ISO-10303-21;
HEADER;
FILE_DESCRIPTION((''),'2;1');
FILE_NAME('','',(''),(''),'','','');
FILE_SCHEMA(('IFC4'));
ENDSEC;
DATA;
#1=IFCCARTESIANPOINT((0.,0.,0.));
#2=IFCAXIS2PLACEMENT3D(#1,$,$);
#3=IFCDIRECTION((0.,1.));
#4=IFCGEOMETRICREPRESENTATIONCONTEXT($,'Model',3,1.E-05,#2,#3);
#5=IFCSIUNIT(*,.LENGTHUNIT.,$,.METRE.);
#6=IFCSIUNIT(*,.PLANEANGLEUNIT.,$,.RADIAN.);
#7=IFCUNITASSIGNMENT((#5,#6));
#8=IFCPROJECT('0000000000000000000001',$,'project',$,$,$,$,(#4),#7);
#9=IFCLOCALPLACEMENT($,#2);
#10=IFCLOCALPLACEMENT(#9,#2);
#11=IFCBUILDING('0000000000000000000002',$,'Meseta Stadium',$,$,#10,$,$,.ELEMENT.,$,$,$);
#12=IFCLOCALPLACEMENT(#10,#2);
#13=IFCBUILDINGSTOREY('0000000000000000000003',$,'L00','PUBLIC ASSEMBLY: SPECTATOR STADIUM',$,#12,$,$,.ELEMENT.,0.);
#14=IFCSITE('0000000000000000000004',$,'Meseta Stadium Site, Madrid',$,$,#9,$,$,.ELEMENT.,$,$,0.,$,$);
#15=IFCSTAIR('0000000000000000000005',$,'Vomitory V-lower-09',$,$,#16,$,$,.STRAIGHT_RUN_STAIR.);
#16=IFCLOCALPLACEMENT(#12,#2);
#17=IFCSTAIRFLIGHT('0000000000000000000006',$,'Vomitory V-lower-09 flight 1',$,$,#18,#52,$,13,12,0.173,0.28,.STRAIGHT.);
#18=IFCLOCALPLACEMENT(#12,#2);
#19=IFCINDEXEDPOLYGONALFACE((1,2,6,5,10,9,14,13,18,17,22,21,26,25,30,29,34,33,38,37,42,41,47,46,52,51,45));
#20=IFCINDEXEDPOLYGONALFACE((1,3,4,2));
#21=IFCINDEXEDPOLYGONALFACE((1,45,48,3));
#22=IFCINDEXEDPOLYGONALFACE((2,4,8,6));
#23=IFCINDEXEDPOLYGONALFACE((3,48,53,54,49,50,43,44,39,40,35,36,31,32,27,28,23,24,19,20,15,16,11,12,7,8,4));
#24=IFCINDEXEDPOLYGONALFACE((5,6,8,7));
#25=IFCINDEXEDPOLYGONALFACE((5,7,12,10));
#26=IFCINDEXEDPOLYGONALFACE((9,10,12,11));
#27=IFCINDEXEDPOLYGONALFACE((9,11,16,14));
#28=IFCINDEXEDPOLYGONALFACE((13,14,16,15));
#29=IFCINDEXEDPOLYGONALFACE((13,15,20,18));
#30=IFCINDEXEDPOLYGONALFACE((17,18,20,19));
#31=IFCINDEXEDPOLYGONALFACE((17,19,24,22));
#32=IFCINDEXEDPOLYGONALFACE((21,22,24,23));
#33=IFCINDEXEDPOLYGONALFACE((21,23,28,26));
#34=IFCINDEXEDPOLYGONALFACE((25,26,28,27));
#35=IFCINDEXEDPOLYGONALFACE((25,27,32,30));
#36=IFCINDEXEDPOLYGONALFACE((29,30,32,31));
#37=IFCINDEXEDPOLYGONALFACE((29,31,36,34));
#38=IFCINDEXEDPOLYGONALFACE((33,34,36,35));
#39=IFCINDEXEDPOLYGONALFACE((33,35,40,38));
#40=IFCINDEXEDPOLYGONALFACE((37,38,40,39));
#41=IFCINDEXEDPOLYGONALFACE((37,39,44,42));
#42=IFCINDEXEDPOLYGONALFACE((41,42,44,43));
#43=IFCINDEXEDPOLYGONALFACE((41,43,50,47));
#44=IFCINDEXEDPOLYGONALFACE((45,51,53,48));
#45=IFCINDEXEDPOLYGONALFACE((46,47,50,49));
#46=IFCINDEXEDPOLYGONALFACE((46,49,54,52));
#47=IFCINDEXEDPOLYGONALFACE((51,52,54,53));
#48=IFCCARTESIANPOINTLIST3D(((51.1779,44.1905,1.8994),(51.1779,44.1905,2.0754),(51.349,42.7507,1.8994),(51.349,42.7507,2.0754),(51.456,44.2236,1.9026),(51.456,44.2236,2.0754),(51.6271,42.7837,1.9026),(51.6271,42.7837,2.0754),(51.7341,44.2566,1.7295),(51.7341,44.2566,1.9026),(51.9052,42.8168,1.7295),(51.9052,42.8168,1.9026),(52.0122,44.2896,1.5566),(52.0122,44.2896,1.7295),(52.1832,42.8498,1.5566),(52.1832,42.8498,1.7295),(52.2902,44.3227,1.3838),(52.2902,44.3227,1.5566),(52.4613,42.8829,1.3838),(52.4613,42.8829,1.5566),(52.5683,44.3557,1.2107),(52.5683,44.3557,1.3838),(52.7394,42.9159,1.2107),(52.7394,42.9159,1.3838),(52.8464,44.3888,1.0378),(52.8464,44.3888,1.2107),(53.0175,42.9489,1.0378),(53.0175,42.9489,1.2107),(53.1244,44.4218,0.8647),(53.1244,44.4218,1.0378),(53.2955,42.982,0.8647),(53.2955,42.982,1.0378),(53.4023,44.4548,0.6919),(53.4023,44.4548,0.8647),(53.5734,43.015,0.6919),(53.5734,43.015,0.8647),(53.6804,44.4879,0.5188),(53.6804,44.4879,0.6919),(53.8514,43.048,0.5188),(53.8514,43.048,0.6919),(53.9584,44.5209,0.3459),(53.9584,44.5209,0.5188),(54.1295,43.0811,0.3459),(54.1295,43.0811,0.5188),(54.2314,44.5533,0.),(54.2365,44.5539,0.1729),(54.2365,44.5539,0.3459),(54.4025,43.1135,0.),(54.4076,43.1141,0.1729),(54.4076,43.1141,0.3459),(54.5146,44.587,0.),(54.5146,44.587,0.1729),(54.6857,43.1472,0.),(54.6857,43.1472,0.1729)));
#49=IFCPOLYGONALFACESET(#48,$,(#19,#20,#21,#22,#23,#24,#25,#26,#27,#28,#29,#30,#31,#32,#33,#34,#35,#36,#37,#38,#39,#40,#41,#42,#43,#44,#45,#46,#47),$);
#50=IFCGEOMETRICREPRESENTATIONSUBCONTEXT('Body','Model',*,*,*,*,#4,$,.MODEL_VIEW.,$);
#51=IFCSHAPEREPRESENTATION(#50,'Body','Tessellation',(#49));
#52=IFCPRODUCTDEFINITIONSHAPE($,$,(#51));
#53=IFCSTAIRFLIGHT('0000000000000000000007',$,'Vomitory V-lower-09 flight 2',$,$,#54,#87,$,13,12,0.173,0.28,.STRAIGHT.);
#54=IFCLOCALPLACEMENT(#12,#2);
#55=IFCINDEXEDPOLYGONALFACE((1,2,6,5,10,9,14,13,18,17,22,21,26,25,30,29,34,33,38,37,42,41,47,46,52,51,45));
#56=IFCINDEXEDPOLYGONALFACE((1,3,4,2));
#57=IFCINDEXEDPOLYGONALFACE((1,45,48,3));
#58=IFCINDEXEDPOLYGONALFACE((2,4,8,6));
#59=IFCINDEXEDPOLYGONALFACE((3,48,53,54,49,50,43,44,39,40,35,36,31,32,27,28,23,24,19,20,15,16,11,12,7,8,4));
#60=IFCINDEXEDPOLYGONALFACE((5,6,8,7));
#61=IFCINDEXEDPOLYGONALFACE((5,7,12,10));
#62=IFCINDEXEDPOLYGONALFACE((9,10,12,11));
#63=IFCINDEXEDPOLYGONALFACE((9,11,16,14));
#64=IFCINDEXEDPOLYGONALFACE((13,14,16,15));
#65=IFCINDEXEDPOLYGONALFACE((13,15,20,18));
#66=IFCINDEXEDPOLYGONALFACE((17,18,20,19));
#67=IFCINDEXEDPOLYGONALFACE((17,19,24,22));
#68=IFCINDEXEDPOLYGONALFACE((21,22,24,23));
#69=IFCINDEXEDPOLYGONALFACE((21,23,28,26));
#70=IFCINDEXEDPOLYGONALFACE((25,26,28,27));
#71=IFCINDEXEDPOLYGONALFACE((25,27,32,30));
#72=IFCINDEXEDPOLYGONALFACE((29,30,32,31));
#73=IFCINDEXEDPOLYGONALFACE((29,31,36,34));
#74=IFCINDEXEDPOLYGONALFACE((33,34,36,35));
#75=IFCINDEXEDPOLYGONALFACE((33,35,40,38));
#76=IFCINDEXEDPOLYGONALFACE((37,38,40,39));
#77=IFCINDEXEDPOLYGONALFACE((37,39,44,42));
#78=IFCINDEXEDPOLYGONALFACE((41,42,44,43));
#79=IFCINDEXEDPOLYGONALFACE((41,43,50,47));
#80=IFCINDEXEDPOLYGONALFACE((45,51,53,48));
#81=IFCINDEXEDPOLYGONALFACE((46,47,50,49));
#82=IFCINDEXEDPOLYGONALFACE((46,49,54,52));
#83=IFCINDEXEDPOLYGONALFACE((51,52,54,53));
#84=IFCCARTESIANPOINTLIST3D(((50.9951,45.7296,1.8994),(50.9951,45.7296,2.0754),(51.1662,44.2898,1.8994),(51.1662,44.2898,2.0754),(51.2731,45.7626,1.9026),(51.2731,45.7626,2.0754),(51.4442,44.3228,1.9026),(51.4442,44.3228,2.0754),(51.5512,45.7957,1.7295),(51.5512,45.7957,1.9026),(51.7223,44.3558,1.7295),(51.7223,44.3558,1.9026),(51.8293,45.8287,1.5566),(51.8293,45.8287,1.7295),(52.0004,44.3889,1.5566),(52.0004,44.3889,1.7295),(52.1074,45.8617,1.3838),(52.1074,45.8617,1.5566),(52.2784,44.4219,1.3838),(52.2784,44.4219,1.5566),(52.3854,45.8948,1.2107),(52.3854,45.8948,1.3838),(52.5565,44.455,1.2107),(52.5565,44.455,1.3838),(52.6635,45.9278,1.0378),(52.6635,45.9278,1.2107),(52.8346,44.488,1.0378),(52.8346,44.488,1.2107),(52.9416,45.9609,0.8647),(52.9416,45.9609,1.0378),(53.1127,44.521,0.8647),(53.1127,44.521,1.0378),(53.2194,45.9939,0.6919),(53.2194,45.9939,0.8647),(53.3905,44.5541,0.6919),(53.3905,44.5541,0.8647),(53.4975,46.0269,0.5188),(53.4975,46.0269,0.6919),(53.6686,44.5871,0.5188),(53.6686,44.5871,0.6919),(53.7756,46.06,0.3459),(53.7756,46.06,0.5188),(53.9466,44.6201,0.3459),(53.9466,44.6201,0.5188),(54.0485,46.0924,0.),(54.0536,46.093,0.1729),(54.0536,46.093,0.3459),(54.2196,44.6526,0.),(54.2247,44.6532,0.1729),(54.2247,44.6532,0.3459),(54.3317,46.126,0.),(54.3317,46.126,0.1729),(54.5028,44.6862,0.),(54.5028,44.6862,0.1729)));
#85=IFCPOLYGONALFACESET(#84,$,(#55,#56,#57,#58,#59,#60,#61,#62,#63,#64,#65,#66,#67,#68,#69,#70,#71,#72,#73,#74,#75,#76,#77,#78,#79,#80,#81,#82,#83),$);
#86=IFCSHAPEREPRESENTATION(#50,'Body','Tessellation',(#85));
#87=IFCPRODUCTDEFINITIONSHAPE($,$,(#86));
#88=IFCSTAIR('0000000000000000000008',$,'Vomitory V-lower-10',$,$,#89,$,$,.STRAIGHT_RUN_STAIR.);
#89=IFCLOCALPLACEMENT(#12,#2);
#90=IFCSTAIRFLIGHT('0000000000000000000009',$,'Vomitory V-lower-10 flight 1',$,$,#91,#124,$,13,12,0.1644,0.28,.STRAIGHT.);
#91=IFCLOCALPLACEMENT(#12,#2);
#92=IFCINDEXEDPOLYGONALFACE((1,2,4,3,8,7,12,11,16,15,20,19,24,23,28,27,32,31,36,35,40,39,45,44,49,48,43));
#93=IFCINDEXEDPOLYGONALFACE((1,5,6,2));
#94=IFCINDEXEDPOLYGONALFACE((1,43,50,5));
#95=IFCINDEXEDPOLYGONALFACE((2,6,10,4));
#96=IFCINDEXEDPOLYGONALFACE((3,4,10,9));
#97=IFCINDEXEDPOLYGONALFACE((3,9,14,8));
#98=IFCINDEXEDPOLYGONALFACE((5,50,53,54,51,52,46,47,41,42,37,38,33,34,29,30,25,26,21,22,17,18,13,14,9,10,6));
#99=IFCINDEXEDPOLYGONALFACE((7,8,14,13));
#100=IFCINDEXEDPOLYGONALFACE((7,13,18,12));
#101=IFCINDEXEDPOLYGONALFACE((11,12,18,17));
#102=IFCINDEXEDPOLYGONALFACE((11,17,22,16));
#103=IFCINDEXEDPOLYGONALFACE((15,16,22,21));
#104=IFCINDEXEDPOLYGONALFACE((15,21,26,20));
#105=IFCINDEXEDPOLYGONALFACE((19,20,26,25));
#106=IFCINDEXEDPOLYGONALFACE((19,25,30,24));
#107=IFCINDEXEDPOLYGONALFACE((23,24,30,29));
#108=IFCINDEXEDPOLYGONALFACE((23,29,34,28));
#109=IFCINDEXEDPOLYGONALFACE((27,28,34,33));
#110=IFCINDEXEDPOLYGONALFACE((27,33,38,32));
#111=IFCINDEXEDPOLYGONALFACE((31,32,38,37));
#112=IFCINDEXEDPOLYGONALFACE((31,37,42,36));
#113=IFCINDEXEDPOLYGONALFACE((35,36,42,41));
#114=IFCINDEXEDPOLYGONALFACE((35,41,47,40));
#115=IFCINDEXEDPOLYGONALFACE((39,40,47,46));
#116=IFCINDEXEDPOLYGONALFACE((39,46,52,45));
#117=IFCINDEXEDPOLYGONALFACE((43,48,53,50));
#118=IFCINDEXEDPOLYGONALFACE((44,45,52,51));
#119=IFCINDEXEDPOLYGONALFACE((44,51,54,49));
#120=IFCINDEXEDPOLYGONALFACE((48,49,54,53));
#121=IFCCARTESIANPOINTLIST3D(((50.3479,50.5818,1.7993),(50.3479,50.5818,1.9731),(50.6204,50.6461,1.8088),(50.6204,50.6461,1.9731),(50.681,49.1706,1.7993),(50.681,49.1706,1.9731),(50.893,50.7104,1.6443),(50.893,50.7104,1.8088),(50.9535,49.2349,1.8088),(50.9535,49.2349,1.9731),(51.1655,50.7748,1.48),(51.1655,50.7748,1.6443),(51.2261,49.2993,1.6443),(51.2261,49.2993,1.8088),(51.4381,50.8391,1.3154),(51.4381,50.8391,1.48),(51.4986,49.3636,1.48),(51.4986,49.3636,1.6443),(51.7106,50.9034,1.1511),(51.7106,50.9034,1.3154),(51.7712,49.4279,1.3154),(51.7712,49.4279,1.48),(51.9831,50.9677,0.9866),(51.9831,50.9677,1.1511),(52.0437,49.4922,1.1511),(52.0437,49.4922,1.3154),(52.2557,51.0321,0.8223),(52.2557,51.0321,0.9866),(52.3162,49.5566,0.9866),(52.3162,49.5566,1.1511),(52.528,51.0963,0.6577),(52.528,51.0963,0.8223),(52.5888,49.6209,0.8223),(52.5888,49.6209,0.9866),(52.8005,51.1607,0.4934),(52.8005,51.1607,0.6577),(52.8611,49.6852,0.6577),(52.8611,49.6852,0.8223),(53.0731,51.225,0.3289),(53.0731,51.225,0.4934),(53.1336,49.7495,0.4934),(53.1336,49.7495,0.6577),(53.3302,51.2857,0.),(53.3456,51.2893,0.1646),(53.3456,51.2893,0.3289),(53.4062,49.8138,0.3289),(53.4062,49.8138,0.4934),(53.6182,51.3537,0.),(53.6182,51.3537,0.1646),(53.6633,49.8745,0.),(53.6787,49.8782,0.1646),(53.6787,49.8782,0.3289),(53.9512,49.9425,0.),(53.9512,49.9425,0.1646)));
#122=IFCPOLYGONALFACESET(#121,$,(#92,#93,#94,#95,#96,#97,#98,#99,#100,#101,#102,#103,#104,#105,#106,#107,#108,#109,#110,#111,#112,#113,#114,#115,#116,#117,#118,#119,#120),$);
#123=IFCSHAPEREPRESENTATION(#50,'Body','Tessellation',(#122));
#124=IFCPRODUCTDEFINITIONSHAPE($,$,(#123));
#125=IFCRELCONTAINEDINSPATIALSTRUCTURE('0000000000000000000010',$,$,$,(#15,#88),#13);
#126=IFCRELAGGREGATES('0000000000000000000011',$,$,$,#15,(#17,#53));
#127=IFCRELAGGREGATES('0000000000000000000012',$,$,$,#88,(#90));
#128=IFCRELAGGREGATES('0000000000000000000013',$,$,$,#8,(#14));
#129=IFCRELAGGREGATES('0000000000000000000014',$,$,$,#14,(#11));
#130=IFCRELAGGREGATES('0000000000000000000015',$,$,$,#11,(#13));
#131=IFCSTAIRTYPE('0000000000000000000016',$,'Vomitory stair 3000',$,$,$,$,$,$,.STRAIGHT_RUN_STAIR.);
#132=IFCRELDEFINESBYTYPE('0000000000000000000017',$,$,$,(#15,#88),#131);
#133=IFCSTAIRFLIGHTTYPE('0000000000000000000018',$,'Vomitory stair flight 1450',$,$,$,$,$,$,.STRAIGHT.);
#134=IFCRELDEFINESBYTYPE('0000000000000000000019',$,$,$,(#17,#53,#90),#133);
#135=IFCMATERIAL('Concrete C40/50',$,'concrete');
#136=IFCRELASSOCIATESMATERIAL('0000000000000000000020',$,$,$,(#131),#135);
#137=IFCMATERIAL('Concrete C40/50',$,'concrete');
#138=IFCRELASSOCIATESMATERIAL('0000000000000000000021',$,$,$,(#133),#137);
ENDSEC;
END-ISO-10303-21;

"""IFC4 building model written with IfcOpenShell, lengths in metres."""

from ifc_helpers import new_model, si_unit, direction, frame, origin, place, context, subcontext, project, spatial, polyline, outline, extrude, material, type_object, element, aggregate, save


model = new_model("IFC4")

# Units and contexts
model_context = context("Model", 3, precision=1e-05, world=origin(), true_north=direction((0.0, 1.0)))
body_context = subcontext(model_context, "Body", "Model", "MODEL_VIEW")
ifc_project = project(units=[si_unit("LENGTHUNIT", "METRE"), si_unit("PLANEANGLEUNIT", "RADIAN")], contexts=[model_context])

# Site, building, storey
site_placement = place(None, origin())
site = spatial("IfcSite", under=ifc_project, at=site_placement, Name="Meseta Stadium Site, Madrid", CompositionType="ELEMENT", RefElevation=0.0)
building_placement = place(site_placement, origin())
building = spatial("IfcBuilding", under=site, at=building_placement, Name="Meseta Stadium", CompositionType="ELEMENT")
storey_placement = place(building_placement, origin())
storey = spatial("IfcBuildingStorey", under=building, at=storey_placement, Name="L00", Description="PUBLIC ASSEMBLY: SPECTATOR STADIUM", CompositionType="ELEMENT", Elevation=0.0)

# Stair, stair flights
ifc_material_1 = material(Name="Concrete C40/50", Category="concrete")
stair_type = type_object("IfcStairType", Name="Vomitory stair 3000", PredefinedType="STRAIGHT_RUN_STAIR", material=ifc_material_1)
stair_1_placement = place(storey_placement, origin())
stair_1 = element("IfcStair", 1, at=stair_1_placement, inside=storey, type_object=stair_type, Name="Vomitory V-lower-09", PredefinedType="STRAIGHT_RUN_STAIR")
ifc_material_2 = material(Name="Concrete C40/50", Category="concrete")
stair_flight_type = type_object("IfcStairFlightType", Name="Vomitory stair flight 1450", PredefinedType="STRAIGHT", material=ifc_material_2)
stair_flight_1_placement = place(storey_placement, frame((54.6001, 43.8672, 0.0), z_axis=(0.0, 0.0, 1.0), x_axis=(-0.993015, -0.117988, 0.0)))
stair_flight_1 = element("IfcStairFlight", 2, at=stair_flight_1_placement, type_object=stair_flight_type, Name="Vomitory V-lower-09 flight 1", NumberOfRisers=13, NumberOfTreads=12, PredefinedType="STRAIGHT", RiserHeight=0.173, TreadLength=0.28, context=body_context, shape_type="SweptSolid", body=[
    extrude(outline(polyline([(0.0, 0.0), (0.0, 0.1729), (0.28, 0.1729), (0.28, 0.3459), (0.5601, 0.3459), (0.5601, 0.5188), (0.8401, 0.5188), (0.8401, 0.6919), (1.1201, 0.6919), (1.1201, 0.8647), (1.3999, 0.8647), (1.3999, 1.0378), (1.6799, 1.0378), (1.6799, 1.2107), (1.96, 1.2107), (1.96, 1.3838), (2.24, 1.3838), (2.24, 1.5566), (2.52, 1.5566), (2.52, 1.7295), (2.8, 1.7295), (2.8, 1.9026), (3.0801, 1.9026), (3.0801, 2.0754), (3.3601, 2.0754), (3.3601, 1.8994), (0.2852, 0.0), (0.0, 0.0)])), frame((0.0, 0.7251, 0.0), z_axis=(0.0, -1.0, 0.0), x_axis=(1.0, 0.0, 0.0)), (0.0, 0.0, 1.0), 1.45),
])
stair_flight_2_placement = place(storey_placement, frame((54.4172, 45.4062, 0.0), z_axis=(0.0, 0.0, 1.0), x_axis=(-0.993015, -0.117988, 0.0)))
stair_flight_2 = element("IfcStairFlight", 3, at=stair_flight_2_placement, type_object=stair_flight_type, Name="Vomitory V-lower-09 flight 2", NumberOfRisers=13, NumberOfTreads=12, PredefinedType="STRAIGHT", RiserHeight=0.173, TreadLength=0.28, context=body_context, shape_type="SweptSolid", body=[
    extrude(outline(polyline([(0.0, 0.0), (0.0, 0.1729), (0.28, 0.1729), (0.28, 0.3459), (0.5601, 0.3459), (0.5601, 0.5188), (0.8401, 0.5188), (0.8401, 0.6919), (1.1201, 0.6919), (1.1201, 0.8647), (1.3999, 0.8647), (1.3999, 1.0378), (1.6799, 1.0378), (1.6799, 1.2107), (1.96, 1.2107), (1.96, 1.3838), (2.24, 1.3838), (2.24, 1.5566), (2.52, 1.5566), (2.52, 1.7295), (2.8, 1.7295), (2.8, 1.9026), (3.0801, 1.9026), (3.0801, 2.0754), (3.3601, 2.0754), (3.3601, 1.8994), (0.2852, 0.0), (0.0, 0.0)])), frame((0.0, 0.7251, 0.0), z_axis=(0.0, -1.0, 0.0), x_axis=(1.0, 0.0, 0.0)), (0.0, 0.0, 1.0), 1.45),
])
aggregate(stair_1, [stair_flight_1, stair_flight_2])

# Stair, stair flight
stair_2_placement = place(storey_placement, origin())
stair_2 = element("IfcStair", 4, at=stair_2_placement, inside=storey, type_object=stair_type, Name="Vomitory V-lower-10", PredefinedType="STRAIGHT_RUN_STAIR")
stair_flight_3_placement = place(storey_placement, frame((53.7847, 50.6482, 0.0), z_axis=(0.0, 0.0, 1.0), x_axis=(-0.973256, -0.229722, 0.0)))
stair_flight_3 = element("IfcStairFlight", 5, at=stair_flight_3_placement, type_object=stair_flight_type, Name="Vomitory V-lower-10 flight 1", NumberOfRisers=13, NumberOfTreads=12, PredefinedType="STRAIGHT", RiserHeight=0.1644, TreadLength=0.28, context=body_context, shape_type="SweptSolid", body=[
    extrude(outline(polyline([(0.0, 0.0), (0.0, 0.1646), (0.28, 0.1646), (0.28, 0.3289), (0.5601, 0.3289), (0.5601, 0.4934), (0.8401, 0.4934), (0.8401, 0.6577), (1.1201, 0.6577), (1.1201, 0.8223), (1.3999, 0.8223), (1.3999, 0.9866), (1.6799, 0.9866), (1.6799, 1.1511), (1.96, 1.1511), (1.96, 1.3154), (2.24, 1.3154), (2.24, 1.48), (2.52, 1.48), (2.52, 1.6443), (2.8, 1.6443), (2.8, 1.8088), (3.0801, 1.8088), (3.0801, 1.9731), (3.3601, 1.9731), (3.3601, 1.7993), (0.2959, 0.0), (0.0, 0.0)])), frame((0.0, 0.7251, 0.0), z_axis=(0.0, -1.0, 0.0), x_axis=(1.0, 0.0, 0.0)), (0.0, 0.0, 1.0), 1.45),
])
aggregate(stair_2, [stair_flight_3])

save(model, "model.ifc")
